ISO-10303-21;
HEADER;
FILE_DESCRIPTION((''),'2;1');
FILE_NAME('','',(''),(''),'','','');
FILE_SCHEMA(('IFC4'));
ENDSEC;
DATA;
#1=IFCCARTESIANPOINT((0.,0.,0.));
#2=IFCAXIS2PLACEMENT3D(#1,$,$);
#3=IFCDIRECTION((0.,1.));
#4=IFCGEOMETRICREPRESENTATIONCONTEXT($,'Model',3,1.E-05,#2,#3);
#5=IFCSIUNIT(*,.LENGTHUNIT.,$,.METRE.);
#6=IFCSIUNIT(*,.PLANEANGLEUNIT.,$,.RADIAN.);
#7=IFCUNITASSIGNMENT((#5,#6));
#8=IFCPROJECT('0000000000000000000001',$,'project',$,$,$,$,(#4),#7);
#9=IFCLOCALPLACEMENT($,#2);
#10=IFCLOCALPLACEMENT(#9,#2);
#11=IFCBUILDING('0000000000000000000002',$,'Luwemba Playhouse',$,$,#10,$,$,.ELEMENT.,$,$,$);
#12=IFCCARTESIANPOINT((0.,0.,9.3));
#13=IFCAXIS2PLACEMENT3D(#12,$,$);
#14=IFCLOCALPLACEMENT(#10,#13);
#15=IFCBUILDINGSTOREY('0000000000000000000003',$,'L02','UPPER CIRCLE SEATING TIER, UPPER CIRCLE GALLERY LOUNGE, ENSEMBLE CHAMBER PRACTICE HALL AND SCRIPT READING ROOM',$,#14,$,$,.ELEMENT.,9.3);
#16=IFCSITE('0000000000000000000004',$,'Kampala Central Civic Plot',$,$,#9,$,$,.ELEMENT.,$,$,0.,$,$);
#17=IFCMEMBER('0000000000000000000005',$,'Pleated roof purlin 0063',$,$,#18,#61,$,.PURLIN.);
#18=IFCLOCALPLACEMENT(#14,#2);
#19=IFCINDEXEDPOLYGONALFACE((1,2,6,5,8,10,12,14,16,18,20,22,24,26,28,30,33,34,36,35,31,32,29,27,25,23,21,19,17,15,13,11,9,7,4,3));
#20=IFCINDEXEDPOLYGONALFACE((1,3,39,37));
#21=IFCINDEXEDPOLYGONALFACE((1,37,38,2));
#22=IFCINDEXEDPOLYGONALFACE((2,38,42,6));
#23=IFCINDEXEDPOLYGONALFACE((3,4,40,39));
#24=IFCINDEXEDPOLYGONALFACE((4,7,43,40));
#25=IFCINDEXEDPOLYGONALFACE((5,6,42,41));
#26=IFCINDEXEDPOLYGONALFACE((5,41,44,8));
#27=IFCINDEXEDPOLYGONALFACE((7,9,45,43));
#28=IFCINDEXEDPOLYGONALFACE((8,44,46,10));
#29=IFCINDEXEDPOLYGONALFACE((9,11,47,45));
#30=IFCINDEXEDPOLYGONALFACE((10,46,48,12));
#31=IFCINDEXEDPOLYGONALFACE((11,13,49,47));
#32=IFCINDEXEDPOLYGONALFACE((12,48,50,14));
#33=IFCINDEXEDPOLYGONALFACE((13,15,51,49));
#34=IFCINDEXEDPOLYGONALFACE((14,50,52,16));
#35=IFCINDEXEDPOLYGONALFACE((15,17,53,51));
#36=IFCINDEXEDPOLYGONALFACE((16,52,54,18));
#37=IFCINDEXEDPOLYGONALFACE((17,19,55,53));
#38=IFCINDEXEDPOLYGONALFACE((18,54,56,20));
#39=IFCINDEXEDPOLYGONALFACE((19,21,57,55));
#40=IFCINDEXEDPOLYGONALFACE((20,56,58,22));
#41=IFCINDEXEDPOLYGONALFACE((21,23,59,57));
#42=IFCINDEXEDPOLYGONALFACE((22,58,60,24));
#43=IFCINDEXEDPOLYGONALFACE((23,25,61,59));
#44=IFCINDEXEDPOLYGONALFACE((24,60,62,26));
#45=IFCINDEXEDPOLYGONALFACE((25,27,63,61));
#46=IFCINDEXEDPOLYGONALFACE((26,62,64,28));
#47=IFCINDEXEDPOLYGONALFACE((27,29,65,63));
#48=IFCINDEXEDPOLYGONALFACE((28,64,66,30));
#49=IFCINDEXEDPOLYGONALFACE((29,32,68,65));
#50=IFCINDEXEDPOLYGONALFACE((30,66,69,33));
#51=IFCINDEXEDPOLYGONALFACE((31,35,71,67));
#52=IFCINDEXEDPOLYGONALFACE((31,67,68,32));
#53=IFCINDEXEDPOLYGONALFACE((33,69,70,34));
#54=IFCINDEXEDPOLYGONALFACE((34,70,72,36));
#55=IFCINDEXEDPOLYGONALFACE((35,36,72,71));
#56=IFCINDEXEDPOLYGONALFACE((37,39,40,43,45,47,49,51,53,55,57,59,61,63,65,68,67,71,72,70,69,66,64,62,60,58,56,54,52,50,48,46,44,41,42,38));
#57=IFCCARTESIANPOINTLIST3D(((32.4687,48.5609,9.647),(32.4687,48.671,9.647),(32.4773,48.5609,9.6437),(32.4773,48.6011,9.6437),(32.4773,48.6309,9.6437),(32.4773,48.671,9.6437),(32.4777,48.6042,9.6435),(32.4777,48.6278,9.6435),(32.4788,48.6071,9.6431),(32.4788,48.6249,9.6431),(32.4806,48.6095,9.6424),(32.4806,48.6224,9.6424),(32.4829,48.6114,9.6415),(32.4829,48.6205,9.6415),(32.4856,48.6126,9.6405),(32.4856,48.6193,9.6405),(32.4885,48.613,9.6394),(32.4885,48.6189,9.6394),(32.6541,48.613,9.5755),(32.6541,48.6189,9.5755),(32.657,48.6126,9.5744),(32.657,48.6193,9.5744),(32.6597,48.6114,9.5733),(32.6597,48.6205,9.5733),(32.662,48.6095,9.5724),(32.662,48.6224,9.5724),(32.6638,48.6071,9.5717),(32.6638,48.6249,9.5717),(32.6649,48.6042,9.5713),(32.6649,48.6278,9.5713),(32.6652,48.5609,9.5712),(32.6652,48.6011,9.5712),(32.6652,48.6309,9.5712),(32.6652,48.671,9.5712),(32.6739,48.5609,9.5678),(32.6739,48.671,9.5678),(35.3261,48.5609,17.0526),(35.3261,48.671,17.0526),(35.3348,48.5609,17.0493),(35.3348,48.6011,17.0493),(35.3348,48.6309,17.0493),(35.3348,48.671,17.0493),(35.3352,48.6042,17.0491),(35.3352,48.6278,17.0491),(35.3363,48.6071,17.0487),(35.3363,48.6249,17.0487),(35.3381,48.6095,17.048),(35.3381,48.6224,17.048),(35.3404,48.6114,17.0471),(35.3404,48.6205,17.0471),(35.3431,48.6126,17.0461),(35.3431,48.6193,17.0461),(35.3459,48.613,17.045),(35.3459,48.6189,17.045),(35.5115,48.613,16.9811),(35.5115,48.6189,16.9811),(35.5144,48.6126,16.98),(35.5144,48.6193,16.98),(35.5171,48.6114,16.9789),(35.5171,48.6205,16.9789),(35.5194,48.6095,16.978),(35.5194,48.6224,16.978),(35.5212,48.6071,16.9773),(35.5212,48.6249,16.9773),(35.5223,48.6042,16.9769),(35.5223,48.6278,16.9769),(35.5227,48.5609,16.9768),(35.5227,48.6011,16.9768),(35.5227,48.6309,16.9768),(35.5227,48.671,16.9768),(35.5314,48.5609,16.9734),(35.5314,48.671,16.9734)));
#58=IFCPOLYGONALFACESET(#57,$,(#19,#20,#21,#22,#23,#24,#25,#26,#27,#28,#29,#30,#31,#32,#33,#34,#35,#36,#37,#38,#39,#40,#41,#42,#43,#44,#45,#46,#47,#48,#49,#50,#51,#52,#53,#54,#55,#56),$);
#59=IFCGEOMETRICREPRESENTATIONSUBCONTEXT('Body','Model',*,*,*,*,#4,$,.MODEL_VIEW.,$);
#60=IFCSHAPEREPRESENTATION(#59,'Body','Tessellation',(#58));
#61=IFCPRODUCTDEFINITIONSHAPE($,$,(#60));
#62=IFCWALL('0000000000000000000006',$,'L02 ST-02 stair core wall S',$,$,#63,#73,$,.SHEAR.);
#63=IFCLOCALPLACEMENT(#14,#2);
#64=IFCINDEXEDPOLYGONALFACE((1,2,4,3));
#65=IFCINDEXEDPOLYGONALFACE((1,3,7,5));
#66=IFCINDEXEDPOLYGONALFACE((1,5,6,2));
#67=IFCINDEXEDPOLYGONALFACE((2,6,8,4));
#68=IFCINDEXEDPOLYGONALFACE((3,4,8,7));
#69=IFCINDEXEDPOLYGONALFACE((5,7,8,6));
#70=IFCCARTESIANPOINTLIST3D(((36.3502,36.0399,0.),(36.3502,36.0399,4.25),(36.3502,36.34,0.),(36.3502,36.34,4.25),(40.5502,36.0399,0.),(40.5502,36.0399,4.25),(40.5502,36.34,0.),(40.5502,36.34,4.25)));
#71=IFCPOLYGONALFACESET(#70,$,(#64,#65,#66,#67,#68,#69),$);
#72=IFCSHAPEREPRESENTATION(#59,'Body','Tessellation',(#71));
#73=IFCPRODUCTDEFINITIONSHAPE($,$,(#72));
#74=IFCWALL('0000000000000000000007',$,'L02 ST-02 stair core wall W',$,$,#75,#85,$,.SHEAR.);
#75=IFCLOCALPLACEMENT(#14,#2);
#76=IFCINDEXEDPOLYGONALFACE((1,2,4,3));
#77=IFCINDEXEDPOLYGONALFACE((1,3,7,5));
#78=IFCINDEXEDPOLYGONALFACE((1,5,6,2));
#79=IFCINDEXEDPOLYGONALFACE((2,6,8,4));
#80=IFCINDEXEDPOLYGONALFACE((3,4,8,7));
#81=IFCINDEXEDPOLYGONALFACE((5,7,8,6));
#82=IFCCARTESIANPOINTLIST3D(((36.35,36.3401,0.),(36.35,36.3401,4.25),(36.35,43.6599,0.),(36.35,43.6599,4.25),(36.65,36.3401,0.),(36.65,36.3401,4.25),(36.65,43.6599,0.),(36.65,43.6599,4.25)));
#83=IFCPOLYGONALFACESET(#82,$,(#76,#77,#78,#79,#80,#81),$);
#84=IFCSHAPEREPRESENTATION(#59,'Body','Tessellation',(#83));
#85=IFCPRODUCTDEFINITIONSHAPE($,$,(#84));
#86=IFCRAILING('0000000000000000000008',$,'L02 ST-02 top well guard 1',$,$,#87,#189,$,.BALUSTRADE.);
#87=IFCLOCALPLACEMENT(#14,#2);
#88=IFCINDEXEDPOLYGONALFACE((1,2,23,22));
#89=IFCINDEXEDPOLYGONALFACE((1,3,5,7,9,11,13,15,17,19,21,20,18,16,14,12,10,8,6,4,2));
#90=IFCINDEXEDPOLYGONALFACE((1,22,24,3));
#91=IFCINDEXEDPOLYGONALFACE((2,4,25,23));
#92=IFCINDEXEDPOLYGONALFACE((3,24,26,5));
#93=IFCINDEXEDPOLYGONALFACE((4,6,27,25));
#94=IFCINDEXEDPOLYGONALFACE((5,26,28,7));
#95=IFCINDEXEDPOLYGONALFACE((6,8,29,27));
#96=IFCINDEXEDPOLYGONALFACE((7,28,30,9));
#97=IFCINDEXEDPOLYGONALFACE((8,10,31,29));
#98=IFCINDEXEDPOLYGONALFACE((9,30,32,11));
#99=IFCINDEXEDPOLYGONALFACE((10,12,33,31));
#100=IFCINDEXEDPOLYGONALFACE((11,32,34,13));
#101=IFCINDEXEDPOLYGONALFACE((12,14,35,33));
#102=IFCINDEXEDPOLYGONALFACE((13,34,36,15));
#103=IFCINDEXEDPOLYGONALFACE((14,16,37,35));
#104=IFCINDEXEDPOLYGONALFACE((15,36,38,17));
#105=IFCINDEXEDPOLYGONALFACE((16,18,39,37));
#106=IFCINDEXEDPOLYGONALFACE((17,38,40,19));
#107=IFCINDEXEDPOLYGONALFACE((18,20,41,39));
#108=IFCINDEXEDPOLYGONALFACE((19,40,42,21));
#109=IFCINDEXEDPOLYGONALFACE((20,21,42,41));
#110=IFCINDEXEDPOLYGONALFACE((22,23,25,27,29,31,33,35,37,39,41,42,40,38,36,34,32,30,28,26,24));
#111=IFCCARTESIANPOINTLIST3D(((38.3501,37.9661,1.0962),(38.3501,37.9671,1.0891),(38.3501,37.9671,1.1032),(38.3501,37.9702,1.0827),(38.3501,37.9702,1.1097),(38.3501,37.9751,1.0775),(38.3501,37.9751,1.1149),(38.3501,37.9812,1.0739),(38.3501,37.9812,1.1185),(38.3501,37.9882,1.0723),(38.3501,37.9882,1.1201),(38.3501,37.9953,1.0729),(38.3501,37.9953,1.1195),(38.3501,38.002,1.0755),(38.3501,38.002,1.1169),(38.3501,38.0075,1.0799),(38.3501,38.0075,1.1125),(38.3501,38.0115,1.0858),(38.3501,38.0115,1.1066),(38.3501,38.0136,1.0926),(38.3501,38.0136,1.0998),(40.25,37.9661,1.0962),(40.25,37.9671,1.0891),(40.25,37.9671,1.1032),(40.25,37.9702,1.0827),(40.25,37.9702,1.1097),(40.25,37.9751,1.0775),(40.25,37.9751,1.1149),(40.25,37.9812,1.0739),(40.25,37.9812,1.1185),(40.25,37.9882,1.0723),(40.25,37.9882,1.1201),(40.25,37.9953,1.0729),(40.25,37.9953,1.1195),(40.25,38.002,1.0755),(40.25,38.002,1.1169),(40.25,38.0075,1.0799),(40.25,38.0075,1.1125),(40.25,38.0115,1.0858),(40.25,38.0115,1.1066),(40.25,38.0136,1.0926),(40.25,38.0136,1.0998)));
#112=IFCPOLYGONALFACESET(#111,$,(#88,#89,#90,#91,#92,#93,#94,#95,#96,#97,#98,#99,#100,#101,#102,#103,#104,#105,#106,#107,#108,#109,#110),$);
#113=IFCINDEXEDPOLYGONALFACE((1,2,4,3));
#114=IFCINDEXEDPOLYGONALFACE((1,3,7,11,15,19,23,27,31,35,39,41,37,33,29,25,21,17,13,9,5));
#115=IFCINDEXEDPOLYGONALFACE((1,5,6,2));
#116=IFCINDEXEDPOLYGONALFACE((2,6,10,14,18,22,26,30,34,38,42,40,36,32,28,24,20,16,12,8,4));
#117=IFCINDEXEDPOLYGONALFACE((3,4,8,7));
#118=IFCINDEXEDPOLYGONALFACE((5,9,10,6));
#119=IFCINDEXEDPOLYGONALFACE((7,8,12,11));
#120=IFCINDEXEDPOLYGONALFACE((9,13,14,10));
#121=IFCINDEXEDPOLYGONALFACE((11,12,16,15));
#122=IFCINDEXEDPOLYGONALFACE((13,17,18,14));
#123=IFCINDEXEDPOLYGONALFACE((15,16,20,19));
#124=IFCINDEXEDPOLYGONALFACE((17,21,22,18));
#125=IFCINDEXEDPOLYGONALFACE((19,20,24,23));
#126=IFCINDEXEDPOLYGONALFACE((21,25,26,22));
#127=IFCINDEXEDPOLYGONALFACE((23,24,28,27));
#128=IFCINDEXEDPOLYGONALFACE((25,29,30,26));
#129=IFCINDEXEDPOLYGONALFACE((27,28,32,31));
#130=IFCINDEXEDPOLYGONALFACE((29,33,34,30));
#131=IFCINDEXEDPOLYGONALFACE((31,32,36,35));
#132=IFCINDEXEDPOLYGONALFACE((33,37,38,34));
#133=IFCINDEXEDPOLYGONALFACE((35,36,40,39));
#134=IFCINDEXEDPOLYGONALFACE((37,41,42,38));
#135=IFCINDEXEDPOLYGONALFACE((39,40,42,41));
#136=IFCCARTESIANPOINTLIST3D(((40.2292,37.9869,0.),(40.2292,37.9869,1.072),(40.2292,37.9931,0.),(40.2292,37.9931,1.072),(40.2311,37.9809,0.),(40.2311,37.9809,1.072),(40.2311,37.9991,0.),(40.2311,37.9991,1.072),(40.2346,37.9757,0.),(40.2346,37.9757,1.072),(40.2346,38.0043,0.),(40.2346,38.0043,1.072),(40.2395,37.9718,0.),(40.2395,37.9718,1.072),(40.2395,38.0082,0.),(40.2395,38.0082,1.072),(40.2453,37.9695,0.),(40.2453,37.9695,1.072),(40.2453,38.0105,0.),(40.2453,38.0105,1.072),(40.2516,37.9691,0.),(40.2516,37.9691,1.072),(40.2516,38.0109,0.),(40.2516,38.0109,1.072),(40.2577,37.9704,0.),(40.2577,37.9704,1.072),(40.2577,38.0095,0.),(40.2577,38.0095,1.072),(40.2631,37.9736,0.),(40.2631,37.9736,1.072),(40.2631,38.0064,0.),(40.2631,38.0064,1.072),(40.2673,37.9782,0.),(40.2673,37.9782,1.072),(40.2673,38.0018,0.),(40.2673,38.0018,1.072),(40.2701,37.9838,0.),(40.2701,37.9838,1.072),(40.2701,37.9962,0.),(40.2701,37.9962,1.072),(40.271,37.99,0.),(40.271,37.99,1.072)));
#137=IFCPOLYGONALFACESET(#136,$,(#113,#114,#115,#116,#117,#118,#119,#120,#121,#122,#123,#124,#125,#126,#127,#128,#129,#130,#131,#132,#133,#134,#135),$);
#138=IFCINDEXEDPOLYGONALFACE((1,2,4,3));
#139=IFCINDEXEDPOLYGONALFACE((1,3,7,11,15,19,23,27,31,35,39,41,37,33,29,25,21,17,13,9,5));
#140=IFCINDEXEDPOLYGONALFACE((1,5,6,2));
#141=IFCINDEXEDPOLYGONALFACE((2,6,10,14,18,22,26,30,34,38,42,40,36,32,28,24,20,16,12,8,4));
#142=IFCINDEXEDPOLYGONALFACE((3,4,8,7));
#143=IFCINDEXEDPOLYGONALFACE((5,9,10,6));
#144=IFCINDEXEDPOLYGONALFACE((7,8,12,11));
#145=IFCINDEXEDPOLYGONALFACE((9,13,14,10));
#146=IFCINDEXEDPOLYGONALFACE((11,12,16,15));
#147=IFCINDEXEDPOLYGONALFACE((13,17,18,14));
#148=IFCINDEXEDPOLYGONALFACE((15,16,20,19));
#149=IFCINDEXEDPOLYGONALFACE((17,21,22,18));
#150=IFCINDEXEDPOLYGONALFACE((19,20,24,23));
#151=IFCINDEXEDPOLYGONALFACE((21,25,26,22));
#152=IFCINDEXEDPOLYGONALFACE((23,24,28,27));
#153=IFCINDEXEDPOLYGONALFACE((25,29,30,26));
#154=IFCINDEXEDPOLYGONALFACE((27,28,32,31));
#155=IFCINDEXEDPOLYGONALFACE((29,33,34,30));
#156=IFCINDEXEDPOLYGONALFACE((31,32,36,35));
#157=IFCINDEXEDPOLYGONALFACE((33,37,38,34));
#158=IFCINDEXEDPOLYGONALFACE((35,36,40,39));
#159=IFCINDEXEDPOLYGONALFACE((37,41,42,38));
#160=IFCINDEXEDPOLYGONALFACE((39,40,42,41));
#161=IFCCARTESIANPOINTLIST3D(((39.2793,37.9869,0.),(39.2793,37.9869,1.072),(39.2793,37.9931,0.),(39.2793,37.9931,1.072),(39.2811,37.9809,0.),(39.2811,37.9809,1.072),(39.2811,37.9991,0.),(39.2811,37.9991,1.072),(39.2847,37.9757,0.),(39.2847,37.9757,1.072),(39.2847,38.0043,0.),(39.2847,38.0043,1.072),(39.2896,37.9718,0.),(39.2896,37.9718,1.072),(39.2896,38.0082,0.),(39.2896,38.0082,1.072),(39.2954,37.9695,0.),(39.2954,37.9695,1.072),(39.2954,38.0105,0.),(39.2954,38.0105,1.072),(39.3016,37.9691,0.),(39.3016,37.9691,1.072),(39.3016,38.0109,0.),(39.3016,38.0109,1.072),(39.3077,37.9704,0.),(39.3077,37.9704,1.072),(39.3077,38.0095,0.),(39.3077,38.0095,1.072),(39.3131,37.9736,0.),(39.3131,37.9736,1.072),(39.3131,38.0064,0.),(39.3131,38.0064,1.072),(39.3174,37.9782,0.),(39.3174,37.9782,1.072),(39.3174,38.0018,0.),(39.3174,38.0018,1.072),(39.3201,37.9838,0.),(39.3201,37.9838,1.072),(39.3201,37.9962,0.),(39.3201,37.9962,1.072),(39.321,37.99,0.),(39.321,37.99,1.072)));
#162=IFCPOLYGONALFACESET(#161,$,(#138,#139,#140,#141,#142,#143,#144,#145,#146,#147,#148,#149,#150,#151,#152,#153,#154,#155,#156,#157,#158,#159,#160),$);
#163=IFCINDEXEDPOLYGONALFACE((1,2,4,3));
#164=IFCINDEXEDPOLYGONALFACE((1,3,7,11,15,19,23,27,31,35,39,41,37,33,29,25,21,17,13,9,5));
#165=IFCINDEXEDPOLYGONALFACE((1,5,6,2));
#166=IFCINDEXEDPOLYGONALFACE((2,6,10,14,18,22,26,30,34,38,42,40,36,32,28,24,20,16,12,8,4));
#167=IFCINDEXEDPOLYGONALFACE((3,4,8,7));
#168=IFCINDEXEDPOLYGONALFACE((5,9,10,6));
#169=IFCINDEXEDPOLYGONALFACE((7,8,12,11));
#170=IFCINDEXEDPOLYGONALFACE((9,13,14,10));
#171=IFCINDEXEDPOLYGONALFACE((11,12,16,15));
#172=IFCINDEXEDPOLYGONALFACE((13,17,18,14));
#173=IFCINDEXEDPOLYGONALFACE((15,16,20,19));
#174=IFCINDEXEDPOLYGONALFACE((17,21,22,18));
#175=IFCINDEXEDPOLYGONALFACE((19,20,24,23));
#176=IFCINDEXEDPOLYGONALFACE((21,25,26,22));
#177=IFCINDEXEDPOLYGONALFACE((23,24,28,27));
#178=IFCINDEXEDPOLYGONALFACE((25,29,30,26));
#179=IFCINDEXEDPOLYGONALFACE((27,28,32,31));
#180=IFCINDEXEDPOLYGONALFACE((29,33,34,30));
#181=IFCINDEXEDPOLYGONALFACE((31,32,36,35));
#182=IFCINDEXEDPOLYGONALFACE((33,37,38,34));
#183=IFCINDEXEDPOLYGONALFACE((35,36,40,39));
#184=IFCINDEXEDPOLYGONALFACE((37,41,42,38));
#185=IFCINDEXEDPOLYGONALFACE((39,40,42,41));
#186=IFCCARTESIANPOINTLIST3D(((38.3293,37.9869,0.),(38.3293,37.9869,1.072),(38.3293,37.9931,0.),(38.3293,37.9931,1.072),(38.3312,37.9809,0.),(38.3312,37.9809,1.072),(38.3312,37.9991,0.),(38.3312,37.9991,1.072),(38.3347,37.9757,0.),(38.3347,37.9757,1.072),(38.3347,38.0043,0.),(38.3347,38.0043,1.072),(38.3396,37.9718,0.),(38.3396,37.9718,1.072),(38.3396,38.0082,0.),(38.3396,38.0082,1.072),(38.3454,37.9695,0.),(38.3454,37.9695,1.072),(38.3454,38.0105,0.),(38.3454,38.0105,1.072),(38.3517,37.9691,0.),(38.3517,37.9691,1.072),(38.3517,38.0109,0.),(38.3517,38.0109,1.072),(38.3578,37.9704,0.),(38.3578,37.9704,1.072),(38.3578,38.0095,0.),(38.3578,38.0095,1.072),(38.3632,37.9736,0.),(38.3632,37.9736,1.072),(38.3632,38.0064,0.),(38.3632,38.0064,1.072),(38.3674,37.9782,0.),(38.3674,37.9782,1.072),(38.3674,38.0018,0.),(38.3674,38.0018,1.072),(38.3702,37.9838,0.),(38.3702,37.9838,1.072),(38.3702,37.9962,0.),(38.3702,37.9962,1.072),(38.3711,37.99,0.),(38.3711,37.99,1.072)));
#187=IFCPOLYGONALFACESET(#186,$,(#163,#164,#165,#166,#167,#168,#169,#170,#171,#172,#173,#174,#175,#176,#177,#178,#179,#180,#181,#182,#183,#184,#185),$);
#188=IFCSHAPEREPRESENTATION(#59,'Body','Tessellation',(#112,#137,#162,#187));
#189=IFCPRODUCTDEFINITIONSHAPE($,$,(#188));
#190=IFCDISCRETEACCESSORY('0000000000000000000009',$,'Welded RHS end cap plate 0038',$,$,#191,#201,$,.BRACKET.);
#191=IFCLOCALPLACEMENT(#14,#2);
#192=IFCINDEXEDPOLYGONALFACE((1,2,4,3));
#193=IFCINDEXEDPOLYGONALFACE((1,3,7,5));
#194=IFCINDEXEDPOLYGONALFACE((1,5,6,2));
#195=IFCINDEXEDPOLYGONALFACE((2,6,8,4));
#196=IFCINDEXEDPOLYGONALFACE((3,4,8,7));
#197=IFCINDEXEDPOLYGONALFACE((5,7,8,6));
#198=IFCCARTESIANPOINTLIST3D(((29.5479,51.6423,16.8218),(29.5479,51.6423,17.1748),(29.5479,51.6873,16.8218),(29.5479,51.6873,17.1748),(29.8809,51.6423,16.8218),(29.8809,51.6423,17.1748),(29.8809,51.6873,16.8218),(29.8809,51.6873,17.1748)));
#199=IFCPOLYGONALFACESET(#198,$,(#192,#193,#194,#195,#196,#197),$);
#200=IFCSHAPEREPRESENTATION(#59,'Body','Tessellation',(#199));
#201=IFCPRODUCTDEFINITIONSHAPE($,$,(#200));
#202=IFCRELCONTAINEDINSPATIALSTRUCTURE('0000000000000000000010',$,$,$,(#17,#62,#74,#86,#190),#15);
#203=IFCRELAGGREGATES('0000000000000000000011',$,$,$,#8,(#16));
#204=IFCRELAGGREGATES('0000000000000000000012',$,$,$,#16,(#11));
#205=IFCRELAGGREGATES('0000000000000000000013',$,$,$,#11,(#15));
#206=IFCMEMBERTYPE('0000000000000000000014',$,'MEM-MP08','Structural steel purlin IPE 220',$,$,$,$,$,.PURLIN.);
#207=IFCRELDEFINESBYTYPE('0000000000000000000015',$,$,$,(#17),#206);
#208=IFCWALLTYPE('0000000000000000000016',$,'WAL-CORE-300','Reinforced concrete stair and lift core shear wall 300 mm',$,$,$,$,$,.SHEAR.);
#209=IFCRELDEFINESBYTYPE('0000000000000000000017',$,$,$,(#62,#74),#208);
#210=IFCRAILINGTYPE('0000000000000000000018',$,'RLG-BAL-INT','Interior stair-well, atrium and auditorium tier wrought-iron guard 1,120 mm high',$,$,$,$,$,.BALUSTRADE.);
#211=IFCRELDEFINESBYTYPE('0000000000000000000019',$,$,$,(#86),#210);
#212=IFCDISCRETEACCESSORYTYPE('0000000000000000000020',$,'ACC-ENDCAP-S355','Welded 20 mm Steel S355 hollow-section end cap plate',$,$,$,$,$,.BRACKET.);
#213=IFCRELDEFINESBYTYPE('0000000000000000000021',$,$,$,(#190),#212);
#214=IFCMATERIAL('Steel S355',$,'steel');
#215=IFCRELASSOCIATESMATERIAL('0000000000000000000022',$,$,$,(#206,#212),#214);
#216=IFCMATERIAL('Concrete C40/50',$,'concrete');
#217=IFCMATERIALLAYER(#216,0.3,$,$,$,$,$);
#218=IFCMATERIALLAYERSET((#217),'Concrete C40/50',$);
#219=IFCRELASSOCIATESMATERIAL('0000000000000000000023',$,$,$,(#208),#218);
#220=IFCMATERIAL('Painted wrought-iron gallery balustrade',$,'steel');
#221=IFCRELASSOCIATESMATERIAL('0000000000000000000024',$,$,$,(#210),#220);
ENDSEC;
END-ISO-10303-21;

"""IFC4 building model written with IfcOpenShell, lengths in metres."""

from ifc_helpers import new_model, si_unit, direction, frame, frame_2d, origin, origin_2d, place, context, subcontext, project, spatial, rectangle, circle, i_section, extrude, material, layer, layer_set, material_profile, profile_set, type_object, element, save


model = new_model("IFC4")

# Units and contexts
model_context = context("Model", 3, precision=1e-05, world=origin(), true_north=direction((0.0, 1.0)))
body_context = subcontext(model_context, "Body", "Model", "MODEL_VIEW")
ifc_project = project(units=[si_unit("LENGTHUNIT", "METRE"), si_unit("PLANEANGLEUNIT", "RADIAN")], contexts=[model_context])

# Site, building, storey
site_placement = place(None, origin())
site = spatial("IfcSite", under=ifc_project, at=site_placement, Name="Kampala Central Civic Plot", CompositionType="ELEMENT", RefElevation=0.0)
building_placement = place(site_placement, origin())
building = spatial("IfcBuilding", under=site, at=building_placement, Name="Luwemba Playhouse", CompositionType="ELEMENT")
storey_placement = place(building_placement, frame((0.0, 0.0, 9.3)))
storey = spatial("IfcBuildingStorey", under=building, at=storey_placement, Name="L02", Description="UPPER CIRCLE SEATING TIER, UPPER CIRCLE GALLERY LOUNGE, ENSEMBLE CHAMBER PRACTICE HALL AND SCRIPT READING ROOM", CompositionType="ELEMENT", Elevation=9.3)

# Shared definitions
ifc_material_1 = material(Name="Concrete C40/50", Category="concrete")

# Shared definitions
ifc_material_2 = material(Name="Steel S355", Category="steel")

# Member
ifc_material_profile_1 = material_profile(ifc_material_2, i_section(OverallWidth=0.1101, OverallDepth=0.22, WebThickness=0.0059, FlangeThickness=0.0093, FilletRadius=0.012, at=origin_2d()))
ifc_profile_set_1 = profile_set([ifc_material_profile_1], Name="Steel S355")
member_type_1 = type_object("IfcMemberType", Name="MEM-MP08", Description="Structural steel purlin IPE 220", PredefinedType="PURLIN", material=ifc_profile_set_1)
member_1_placement = place(storey_placement, frame((32.5713, 48.616, 9.6074), z_axis=(0.359983, 0.0, 0.932959), x_axis=(0.0, 1.0, 0.0)))
element("IfcMember", 1, at=member_1_placement, inside=storey, type_object=member_type_1, Name="Pleated roof purlin 0063", PredefinedType="PURLIN", context=body_context, shape_type="SweptSolid", body=[
    extrude(i_section(OverallWidth=0.1101, OverallDepth=0.22, WebThickness=0.0059, FlangeThickness=0.0093, FilletRadius=0.012, at=origin_2d()), origin(), (0.0, 0.0, 1.0), 7.9377),
])

# Walls
ifc_layer = layer(ifc_material_1, 0.3)
ifc_layer_set = layer_set([ifc_layer], Name="Concrete C40/50")
wall_type = type_object("IfcWallType", Name="WAL-CORE-300", Description="Reinforced concrete stair and lift core shear wall 300 mm", PredefinedType="SHEAR", material=ifc_layer_set)
wall_1_placement = place(storey_placement, frame((36.3501, 36.1899, 0.0), z_axis=(0.0, 0.0, 1.0), x_axis=(1.0, 0.0, 0.0)))
element("IfcWall", 2, at=wall_1_placement, inside=storey, type_object=wall_type, Name="L02 ST-02 stair core wall S", PredefinedType="SHEAR", context=body_context, shape_type="SweptSolid", body=[
    extrude(rectangle(XDim=4.2, YDim=0.3, at=frame_2d((2.1001, 0.0))), origin(), (0.0, 0.0, 1.0), 4.25),
])
wall_2_placement = place(storey_placement, frame((36.5, 36.3401, 0.0), z_axis=(0.0, 0.0, 1.0), x_axis=(0.0, 1.0, 0.0)))
element("IfcWall", 3, at=wall_2_placement, inside=storey, type_object=wall_type, Name="L02 ST-02 stair core wall W", PredefinedType="SHEAR", context=body_context, shape_type="SweptSolid", body=[
    extrude(rectangle(XDim=7.3198, YDim=0.3, at=frame_2d((3.6599, 0.0))), origin(), (0.0, 0.0, 1.0), 4.25),
])

# Railing
ifc_material_3 = material(Name="Painted wrought-iron gallery balustrade", Category="steel")
railing_type = type_object("IfcRailingType", Name="RLG-BAL-INT", Description="Interior stair-well, atrium and auditorium tier wrought-iron guard 1,120 mm high", PredefinedType="BALUSTRADE", material=ifc_material_3)
railing_placement = place(storey_placement, frame((40.25, 37.99, 0.0)))
element("IfcRailing", 4, at=railing_placement, inside=storey, type_object=railing_type, Name="L02 ST-02 top well guard 1", PredefinedType="BALUSTRADE", context=body_context, shape_type="SweptSolid", body=[
    extrude(circle(Radius=0.0239, at=origin_2d()), frame((0.0, 0.0, 1.0962), z_axis=(-1.0, 0.0, 0.0), x_axis=(0.0, -1.0, 0.0)), (0.0, 0.0, 1.0), 1.8999),
    extrude(circle(Radius=0.021, at=origin_2d()), origin(), (0.0, 0.0, 1.0), 1.072),
    extrude(circle(Radius=0.021, at=origin_2d()), frame((-0.95, 0.0, 0.0)), (0.0, 0.0, 1.0), 1.072),
    extrude(circle(Radius=0.021, at=origin_2d()), frame((-1.8999, 0.0, 0.0)), (0.0, 0.0, 1.0), 1.072),
])

# Discrete accessory
discrete_accessory_type = type_object("IfcDiscreteAccessoryType", Name="ACC-ENDCAP-S355", Description="Welded 20 mm Steel S355 hollow-section end cap plate", PredefinedType="BRACKET", material=ifc_material_2)
discrete_accessory_1_placement = place(storey_placement, frame((29.7144, 51.6648, 16.8218), z_axis=(0.0, 0.0, 1.0), x_axis=(1.0, 0.0, 0.0)))
element("IfcDiscreteAccessory", 5, at=discrete_accessory_1_placement, inside=storey, type_object=discrete_accessory_type, Name="Welded RHS end cap plate 0038", PredefinedType="BRACKET", context=body_context, shape_type="SweptSolid", body=[
    extrude(rectangle(XDim=0.333, YDim=0.0449, at=origin_2d()), origin(), (0.0, 0.0, 1.0), 0.353),
])

save(model, "model.ifc")
